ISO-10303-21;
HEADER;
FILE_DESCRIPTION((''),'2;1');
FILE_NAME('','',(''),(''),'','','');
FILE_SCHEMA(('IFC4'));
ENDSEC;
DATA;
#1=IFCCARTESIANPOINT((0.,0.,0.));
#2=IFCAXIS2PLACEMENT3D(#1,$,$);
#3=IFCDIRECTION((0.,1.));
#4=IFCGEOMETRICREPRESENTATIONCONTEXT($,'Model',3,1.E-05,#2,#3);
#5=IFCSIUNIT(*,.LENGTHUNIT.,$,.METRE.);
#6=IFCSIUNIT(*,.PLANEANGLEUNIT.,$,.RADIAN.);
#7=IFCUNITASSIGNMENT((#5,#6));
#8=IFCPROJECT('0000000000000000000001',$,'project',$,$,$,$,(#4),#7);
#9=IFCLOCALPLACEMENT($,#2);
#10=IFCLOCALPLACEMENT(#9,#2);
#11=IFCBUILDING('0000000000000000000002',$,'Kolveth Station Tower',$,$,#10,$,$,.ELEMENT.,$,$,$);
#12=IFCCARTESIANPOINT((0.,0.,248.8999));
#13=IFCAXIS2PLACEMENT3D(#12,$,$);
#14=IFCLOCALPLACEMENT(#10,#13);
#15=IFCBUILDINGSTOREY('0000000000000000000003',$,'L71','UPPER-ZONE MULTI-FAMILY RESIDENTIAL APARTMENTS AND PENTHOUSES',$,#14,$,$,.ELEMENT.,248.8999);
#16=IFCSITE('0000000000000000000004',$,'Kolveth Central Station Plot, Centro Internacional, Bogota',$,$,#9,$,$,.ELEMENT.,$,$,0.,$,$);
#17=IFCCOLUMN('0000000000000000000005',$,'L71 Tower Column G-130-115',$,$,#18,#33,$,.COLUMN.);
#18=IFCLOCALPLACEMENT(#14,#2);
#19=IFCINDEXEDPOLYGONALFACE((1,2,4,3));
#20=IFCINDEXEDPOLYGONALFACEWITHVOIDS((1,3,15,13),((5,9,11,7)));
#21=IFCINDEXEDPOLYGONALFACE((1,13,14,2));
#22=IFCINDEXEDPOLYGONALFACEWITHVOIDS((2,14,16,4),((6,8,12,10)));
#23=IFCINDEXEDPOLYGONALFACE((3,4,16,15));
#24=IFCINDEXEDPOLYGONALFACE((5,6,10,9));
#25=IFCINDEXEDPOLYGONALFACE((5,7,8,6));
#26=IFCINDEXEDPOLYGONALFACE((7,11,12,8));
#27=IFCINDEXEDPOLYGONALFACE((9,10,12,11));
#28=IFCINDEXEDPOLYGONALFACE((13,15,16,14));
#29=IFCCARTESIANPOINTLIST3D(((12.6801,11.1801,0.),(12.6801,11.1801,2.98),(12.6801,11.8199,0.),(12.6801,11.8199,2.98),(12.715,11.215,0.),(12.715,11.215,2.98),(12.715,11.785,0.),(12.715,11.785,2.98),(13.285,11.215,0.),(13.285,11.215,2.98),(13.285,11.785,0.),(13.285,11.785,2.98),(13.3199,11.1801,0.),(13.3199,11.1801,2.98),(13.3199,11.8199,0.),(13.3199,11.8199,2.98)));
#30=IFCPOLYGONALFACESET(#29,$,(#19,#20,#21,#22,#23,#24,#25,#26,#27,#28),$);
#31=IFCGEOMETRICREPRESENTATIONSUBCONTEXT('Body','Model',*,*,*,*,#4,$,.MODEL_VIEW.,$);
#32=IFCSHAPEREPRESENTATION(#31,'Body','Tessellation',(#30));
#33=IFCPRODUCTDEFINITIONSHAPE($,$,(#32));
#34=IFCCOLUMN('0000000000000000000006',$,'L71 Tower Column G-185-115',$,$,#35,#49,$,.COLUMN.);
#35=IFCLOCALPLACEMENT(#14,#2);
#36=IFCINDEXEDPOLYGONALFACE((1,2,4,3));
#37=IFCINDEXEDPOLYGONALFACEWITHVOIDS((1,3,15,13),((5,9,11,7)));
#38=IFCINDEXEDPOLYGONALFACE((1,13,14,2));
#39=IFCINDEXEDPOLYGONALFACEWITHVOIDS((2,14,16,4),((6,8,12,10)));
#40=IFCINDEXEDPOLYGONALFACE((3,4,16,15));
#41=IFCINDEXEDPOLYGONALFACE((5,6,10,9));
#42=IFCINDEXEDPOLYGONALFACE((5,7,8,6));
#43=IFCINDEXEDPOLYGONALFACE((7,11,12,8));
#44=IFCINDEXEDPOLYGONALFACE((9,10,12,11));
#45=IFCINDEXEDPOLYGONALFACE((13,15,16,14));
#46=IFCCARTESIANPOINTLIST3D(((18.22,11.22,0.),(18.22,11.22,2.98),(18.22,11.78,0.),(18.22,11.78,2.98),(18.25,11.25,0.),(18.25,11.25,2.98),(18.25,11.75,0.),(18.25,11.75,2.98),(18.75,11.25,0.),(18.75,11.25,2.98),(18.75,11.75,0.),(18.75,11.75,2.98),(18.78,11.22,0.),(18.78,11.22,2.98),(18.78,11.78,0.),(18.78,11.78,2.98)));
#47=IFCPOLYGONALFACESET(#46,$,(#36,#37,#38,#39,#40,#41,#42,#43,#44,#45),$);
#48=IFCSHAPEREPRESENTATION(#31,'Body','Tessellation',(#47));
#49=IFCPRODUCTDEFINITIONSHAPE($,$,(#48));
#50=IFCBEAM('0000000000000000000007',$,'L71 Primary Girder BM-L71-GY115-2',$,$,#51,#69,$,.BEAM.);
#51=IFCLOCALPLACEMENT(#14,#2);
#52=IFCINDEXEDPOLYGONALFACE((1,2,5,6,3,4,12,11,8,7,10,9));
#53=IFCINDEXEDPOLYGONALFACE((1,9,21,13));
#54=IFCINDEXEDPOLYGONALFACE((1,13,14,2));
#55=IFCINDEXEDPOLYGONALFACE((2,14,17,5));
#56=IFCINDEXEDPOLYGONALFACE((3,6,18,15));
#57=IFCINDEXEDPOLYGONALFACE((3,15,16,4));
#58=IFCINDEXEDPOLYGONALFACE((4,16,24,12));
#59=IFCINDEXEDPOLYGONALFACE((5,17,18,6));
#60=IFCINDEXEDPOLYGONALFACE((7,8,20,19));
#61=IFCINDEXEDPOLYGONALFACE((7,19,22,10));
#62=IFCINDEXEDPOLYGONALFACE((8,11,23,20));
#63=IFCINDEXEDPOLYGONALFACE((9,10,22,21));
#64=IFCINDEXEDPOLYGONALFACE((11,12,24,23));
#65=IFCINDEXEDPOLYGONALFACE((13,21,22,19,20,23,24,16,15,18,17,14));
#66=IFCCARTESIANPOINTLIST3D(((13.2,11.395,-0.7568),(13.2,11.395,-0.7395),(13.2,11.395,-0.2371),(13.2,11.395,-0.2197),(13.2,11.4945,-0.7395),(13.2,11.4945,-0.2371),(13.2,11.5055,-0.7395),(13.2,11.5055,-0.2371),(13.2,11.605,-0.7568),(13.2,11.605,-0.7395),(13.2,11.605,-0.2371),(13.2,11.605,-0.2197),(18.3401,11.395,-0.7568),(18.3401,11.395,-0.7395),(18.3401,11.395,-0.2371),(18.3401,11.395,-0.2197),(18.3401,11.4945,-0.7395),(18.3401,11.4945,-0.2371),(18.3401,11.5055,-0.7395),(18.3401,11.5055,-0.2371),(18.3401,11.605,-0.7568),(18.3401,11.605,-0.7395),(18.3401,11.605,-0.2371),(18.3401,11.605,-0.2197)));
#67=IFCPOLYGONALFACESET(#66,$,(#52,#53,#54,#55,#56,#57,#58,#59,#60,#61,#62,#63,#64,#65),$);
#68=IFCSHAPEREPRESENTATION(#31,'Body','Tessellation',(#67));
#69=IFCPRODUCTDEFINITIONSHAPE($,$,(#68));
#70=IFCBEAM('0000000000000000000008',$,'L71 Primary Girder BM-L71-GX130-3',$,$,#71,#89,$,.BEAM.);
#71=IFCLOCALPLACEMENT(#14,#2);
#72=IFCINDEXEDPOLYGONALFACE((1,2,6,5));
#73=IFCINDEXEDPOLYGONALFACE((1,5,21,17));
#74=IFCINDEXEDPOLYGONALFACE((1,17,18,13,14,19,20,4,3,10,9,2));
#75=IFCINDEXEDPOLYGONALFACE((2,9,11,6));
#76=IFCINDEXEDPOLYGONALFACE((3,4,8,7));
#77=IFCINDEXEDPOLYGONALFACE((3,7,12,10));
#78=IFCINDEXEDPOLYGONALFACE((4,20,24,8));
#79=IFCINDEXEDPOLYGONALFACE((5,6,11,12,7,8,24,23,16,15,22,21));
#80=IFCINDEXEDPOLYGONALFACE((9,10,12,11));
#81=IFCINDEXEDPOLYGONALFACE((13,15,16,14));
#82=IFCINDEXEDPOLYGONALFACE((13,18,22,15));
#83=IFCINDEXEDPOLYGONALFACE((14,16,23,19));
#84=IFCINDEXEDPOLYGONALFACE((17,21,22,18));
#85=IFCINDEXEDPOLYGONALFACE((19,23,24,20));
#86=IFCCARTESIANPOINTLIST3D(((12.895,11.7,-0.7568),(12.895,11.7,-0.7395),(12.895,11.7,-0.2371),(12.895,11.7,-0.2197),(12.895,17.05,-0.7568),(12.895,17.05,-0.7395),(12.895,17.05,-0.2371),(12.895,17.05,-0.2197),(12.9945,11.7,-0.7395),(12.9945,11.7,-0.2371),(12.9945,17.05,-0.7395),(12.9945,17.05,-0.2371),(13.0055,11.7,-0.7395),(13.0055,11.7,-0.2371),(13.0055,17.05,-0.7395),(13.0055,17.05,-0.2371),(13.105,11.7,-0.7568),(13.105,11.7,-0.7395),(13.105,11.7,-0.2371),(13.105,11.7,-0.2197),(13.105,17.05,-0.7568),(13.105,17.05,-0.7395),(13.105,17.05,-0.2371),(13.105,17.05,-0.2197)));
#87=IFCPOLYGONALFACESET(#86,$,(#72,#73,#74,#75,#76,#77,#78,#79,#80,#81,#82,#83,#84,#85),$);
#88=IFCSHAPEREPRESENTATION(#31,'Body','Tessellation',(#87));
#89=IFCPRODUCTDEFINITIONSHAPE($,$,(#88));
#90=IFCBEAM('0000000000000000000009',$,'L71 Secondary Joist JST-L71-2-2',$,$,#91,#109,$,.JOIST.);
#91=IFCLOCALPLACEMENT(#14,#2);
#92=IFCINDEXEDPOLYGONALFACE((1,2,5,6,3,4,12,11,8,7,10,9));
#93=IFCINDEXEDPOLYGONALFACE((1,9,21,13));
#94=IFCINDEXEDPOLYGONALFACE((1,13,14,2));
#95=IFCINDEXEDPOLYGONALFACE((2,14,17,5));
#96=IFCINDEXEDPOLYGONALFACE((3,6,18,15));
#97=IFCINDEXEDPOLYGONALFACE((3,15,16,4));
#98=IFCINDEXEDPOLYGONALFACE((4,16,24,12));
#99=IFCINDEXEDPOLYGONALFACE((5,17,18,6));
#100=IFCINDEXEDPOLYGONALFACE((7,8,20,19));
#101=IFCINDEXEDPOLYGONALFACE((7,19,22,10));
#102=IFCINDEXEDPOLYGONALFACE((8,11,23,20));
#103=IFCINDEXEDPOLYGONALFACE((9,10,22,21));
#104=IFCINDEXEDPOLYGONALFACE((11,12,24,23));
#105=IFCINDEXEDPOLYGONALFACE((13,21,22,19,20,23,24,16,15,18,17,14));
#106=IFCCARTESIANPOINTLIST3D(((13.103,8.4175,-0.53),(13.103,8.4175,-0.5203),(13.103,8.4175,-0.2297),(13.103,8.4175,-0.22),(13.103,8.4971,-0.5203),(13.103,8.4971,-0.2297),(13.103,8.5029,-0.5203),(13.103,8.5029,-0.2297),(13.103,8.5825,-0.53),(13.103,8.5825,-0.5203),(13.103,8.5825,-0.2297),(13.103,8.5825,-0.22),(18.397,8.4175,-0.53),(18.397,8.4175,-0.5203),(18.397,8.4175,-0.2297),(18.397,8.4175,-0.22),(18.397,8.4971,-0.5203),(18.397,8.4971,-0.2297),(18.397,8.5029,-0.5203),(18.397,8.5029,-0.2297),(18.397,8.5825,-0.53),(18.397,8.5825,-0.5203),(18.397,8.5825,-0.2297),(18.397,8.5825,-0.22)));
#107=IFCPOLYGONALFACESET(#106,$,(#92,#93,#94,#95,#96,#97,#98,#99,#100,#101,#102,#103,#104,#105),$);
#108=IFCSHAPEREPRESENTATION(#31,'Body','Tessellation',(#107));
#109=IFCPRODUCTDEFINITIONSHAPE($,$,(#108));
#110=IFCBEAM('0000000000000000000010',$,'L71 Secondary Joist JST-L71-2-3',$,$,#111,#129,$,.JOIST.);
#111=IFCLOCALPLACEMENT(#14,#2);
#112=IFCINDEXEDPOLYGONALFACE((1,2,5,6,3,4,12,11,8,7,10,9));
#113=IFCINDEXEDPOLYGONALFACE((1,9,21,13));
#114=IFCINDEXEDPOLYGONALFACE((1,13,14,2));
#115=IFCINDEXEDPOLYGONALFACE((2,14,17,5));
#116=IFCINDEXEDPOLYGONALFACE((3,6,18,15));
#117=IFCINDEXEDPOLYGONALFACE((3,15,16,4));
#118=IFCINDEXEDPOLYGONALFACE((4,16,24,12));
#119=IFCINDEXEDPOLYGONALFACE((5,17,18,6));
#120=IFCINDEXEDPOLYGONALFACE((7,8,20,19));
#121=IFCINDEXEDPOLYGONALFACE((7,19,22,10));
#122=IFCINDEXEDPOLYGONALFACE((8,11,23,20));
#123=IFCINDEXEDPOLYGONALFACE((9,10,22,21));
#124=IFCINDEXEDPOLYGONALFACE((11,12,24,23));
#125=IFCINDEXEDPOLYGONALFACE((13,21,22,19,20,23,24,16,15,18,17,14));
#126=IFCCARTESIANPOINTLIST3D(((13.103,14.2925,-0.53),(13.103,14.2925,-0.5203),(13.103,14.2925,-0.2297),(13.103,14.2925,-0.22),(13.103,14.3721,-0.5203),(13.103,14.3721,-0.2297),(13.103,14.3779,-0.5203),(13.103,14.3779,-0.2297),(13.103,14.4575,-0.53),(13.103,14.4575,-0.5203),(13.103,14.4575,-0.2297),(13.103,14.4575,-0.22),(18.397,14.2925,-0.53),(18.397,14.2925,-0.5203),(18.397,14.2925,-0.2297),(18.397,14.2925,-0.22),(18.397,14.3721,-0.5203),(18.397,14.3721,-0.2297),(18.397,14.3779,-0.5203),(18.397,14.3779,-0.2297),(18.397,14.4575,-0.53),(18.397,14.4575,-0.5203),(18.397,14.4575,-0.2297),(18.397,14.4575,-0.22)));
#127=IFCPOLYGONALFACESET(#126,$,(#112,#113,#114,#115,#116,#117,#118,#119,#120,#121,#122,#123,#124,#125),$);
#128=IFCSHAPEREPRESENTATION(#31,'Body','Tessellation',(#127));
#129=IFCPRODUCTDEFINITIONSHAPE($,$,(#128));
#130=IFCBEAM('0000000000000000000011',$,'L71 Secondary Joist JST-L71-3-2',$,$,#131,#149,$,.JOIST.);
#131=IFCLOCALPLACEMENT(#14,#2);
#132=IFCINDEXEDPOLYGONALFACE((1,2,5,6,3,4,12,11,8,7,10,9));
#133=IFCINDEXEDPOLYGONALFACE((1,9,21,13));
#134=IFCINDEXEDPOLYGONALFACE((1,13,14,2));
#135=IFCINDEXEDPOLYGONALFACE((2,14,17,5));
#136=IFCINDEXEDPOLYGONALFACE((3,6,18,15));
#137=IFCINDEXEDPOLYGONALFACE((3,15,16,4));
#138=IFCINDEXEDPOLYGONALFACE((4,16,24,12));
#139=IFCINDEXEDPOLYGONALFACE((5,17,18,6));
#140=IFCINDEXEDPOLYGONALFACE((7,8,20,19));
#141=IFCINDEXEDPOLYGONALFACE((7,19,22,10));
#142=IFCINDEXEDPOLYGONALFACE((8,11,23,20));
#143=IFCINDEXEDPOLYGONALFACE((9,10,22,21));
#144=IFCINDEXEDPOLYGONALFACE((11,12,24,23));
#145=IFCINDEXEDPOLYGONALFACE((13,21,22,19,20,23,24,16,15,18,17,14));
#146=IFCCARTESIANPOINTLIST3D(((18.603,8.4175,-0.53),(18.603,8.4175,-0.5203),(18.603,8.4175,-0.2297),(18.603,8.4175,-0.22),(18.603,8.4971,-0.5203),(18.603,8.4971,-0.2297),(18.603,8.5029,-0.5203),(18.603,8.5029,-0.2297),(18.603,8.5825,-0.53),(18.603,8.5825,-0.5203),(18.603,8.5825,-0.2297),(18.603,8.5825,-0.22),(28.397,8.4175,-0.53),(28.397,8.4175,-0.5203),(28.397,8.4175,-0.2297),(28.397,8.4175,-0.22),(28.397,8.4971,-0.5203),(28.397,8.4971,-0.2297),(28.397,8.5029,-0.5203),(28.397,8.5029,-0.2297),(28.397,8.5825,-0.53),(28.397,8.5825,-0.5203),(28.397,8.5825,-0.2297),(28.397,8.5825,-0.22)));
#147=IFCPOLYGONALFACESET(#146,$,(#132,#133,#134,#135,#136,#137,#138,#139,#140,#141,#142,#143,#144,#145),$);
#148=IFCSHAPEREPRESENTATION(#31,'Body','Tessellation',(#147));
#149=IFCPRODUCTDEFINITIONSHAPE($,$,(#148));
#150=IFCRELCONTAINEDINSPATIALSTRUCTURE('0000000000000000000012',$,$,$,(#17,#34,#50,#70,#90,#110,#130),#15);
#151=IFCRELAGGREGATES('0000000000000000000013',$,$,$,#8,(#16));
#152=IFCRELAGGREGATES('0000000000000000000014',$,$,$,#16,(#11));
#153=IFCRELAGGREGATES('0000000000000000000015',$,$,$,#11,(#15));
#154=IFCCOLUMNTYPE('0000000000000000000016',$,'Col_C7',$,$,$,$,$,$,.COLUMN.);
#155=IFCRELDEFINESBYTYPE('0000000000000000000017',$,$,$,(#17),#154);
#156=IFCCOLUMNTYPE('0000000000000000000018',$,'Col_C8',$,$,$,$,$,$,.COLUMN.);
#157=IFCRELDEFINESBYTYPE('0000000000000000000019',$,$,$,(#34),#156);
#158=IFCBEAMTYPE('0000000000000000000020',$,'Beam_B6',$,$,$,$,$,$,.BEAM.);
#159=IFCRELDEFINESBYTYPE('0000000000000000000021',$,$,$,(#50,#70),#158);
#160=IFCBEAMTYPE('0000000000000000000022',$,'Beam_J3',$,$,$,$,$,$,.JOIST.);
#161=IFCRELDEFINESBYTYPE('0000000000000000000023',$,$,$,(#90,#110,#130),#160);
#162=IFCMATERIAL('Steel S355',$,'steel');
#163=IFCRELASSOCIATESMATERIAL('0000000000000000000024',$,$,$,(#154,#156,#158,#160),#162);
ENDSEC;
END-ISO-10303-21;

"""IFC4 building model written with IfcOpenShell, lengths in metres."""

from ifc_helpers import new_model, si_unit, direction, frame, origin, origin_2d, place, context, subcontext, project, spatial, hollow_rectangle, i_section, extrude, source, transform, mapped, material, material_profile, profile_set, type_object, element, save


model = new_model("IFC4")

# Units and contexts
model_context = context("Model", 3, precision=1e-05, world=origin(), true_north=direction((0.0, 1.0)))
body_context = subcontext(model_context, "Body", "Model", "MODEL_VIEW")
ifc_project = project(units=[si_unit("LENGTHUNIT", "METRE"), si_unit("PLANEANGLEUNIT", "RADIAN")], contexts=[model_context])

# Site, building, storey
site_placement = place(None, origin())
site = spatial("IfcSite", under=ifc_project, at=site_placement, Name="Kolveth Central Station Plot, Centro Internacional, Bogota", CompositionType="ELEMENT", RefElevation=0.0)
building_placement = place(site_placement, origin())
building = spatial("IfcBuilding", under=site, at=building_placement, Name="Kolveth Station Tower", CompositionType="ELEMENT")
storey_placement = place(building_placement, frame((0.0, 0.0, 248.8999)))
storey = spatial("IfcBuildingStorey", under=building, at=storey_placement, Name="L71", Description="UPPER-ZONE MULTI-FAMILY RESIDENTIAL APARTMENTS AND PENTHOUSES", CompositionType="ELEMENT", Elevation=248.8999)

# Columns
ifc_material_1 = material(Name="Steel S355", Category="steel")
ifc_material_profile_1 = material_profile(ifc_material_1, hollow_rectangle(XDim=0.6399, YDim=0.6399, WallThickness=0.0349, at=origin_2d()), Name="BOX640x640x35")
ifc_profile_set_1 = profile_set([ifc_material_profile_1], Name="Steel S355")
column_type_1 = type_object("IfcColumnType", Name="Col_C7", PredefinedType="COLUMN", material=ifc_profile_set_1)
shared_shape_1 = source(origin(), body_context, "Body", "SweptSolid", [
    extrude(hollow_rectangle(XDim=0.6399, YDim=0.6399, WallThickness=0.0349, at=origin_2d()), origin(), (0.0, 0.0, 1.0), 2.98),
])
column_1_placement = place(storey_placement, frame((13.0, 11.5, 0.0), z_axis=(0.0, 0.0, 1.0), x_axis=(1.0, 0.0, 0.0)))
element("IfcColumn", 1, at=column_1_placement, inside=storey, type_object=column_type_1, Name="L71 Tower Column G-130-115", PredefinedType="COLUMN", context=body_context, shape_type="MappedRepresentation", body=[
    mapped(shared_shape_1, transform((0.0, 0.0, 0.0), x_axis=(1.0, 0.0, 0.0), y_axis=(0.0, 1.0, 0.0), z_axis=(0.0, 0.0, 1.0), scale=1.0)),
])
ifc_material_profile_2 = material_profile(ifc_material_1, hollow_rectangle(XDim=0.5601, YDim=0.5601, WallThickness=0.03, at=origin_2d()), Name="BOX560x560x30")
ifc_profile_set_2 = profile_set([ifc_material_profile_2], Name="Steel S355")
column_type_2 = type_object("IfcColumnType", Name="Col_C8", PredefinedType="COLUMN", material=ifc_profile_set_2)
shared_shape_2 = source(origin(), body_context, "Body", "SweptSolid", [
    extrude(hollow_rectangle(XDim=0.5601, YDim=0.5601, WallThickness=0.03, at=origin_2d()), origin(), (0.0, 0.0, 1.0), 2.98),
])
column_2_placement = place(storey_placement, frame((18.5, 11.5, 0.0), z_axis=(0.0, 0.0, 1.0), x_axis=(1.0, 0.0, 0.0)))
element("IfcColumn", 2, at=column_2_placement, inside=storey, type_object=column_type_2, Name="L71 Tower Column G-185-115", PredefinedType="COLUMN", context=body_context, shape_type="MappedRepresentation", body=[
    mapped(shared_shape_2, transform((0.0, 0.0, 0.0), x_axis=(1.0, 0.0, 0.0), y_axis=(0.0, 1.0, 0.0), z_axis=(0.0, 0.0, 1.0), scale=1.0)),
])

# Beams
ifc_material_profile_3 = material_profile(ifc_material_1, i_section(OverallWidth=0.21, OverallDepth=0.5371, WebThickness=0.011, FlangeThickness=0.0173, at=origin_2d()), Name="W530x101")
ifc_profile_set_3 = profile_set([ifc_material_profile_3], Name="Steel S355")
beam_type_1 = type_object("IfcBeamType", Name="Beam_B6", PredefinedType="BEAM", material=ifc_profile_set_3)
shared_shape_3 = source(origin(), body_context, "Body", "SweptSolid", [
    extrude(i_section(OverallWidth=0.21, OverallDepth=0.5371, WebThickness=0.011, FlangeThickness=0.0173, at=origin_2d()), origin(), (0.0, 0.0, 1.0), 5.1401),
])
beam_1_placement = place(storey_placement, frame((13.2, 11.5, -0.4883), z_axis=(1.0, 0.0, 0.0), x_axis=(0.0, 1.0, 0.0)))
element("IfcBeam", 3, at=beam_1_placement, inside=storey, type_object=beam_type_1, Name="L71 Primary Girder BM-L71-GY115-2", PredefinedType="BEAM", context=body_context, shape_type="MappedRepresentation", body=[
    mapped(shared_shape_3, transform((0.0, 0.0, 0.0), x_axis=(1.0, 0.0, 0.0), y_axis=(0.0, 1.0, 0.0), z_axis=(0.0, 0.0, 1.0), scale=1.0)),
])
shared_shape_4 = source(origin(), body_context, "Body", "SweptSolid", [
    extrude(i_section(OverallWidth=0.21, OverallDepth=0.5371, WebThickness=0.011, FlangeThickness=0.0173, at=origin_2d()), origin(), (0.0, 0.0, 1.0), 5.3501),
])
beam_2_placement = place(storey_placement, frame((13.0, 11.7, -0.4883), z_axis=(0.0, 1.0, 0.0), x_axis=(-1.0, 0.0, 0.0)))
element("IfcBeam", 4, at=beam_2_placement, inside=storey, type_object=beam_type_1, Name="L71 Primary Girder BM-L71-GX130-3", PredefinedType="BEAM", context=body_context, shape_type="MappedRepresentation", body=[
    mapped(shared_shape_4, transform((0.0, 0.0, 0.0), x_axis=(1.0, 0.0, 0.0), y_axis=(0.0, 1.0, 0.0), z_axis=(0.0, 0.0, 1.0), scale=1.0)),
])
ifc_material_profile_4 = material_profile(ifc_material_1, i_section(OverallWidth=0.165, OverallDepth=0.3101, WebThickness=0.0059, FlangeThickness=0.0098, at=origin_2d()), Name="W310x39")
ifc_profile_set_4 = profile_set([ifc_material_profile_4], Name="Steel S355")
beam_type_2 = type_object("IfcBeamType", Name="Beam_J3", PredefinedType="JOIST", material=ifc_profile_set_4)
shared_shape_5 = source(origin(), body_context, "Body", "SweptSolid", [
    extrude(i_section(OverallWidth=0.165, OverallDepth=0.3101, WebThickness=0.0059, FlangeThickness=0.0098, at=origin_2d()), origin(), (0.0, 0.0, 1.0), 5.2939),
])
for number, where, z_axis, x_axis, name in (
    (5, (13.103, 8.5, -0.375), (1.0, 0.0, 0.0), (0.0, 1.0, 0.0), "L71 Secondary Joist JST-L71-2-2"),
    (6, (13.103, 14.375, -0.375), (1.0, 0.0, 0.0), (0.0, 1.0, 0.0), "L71 Secondary Joist JST-L71-2-3"),
):
    element("IfcBeam", number, at=place(storey_placement, frame(where, z_axis=z_axis, x_axis=x_axis)), inside=storey, type_object=beam_type_2, Name=name, PredefinedType="JOIST", context=body_context, shape_type="MappedRepresentation", body=[
        mapped(shared_shape_5, transform((0.0, 0.0, 0.0), x_axis=(1.0, 0.0, 0.0), y_axis=(0.0, 1.0, 0.0), z_axis=(0.0, 0.0, 1.0), scale=1.0)),
    ])
shared_shape_6 = source(origin(), body_context, "Body", "SweptSolid", [
    extrude(i_section(OverallWidth=0.165, OverallDepth=0.3101, WebThickness=0.0059, FlangeThickness=0.0098, at=origin_2d()), origin(), (0.0, 0.0, 1.0), 9.7939),
])
beam_3_placement = place(storey_placement, frame((18.603, 8.5, -0.375), z_axis=(1.0, 0.0, 0.0), x_axis=(0.0, 1.0, 0.0)))
element("IfcBeam", 7, at=beam_3_placement, inside=storey, type_object=beam_type_2, Name="L71 Secondary Joist JST-L71-3-2", PredefinedType="JOIST", context=body_context, shape_type="MappedRepresentation", body=[
    mapped(shared_shape_6, transform((0.0, 0.0, 0.0), x_axis=(1.0, 0.0, 0.0), y_axis=(0.0, 1.0, 0.0), z_axis=(0.0, 0.0, 1.0), scale=1.0)),
])

save(model, "model.ifc")
